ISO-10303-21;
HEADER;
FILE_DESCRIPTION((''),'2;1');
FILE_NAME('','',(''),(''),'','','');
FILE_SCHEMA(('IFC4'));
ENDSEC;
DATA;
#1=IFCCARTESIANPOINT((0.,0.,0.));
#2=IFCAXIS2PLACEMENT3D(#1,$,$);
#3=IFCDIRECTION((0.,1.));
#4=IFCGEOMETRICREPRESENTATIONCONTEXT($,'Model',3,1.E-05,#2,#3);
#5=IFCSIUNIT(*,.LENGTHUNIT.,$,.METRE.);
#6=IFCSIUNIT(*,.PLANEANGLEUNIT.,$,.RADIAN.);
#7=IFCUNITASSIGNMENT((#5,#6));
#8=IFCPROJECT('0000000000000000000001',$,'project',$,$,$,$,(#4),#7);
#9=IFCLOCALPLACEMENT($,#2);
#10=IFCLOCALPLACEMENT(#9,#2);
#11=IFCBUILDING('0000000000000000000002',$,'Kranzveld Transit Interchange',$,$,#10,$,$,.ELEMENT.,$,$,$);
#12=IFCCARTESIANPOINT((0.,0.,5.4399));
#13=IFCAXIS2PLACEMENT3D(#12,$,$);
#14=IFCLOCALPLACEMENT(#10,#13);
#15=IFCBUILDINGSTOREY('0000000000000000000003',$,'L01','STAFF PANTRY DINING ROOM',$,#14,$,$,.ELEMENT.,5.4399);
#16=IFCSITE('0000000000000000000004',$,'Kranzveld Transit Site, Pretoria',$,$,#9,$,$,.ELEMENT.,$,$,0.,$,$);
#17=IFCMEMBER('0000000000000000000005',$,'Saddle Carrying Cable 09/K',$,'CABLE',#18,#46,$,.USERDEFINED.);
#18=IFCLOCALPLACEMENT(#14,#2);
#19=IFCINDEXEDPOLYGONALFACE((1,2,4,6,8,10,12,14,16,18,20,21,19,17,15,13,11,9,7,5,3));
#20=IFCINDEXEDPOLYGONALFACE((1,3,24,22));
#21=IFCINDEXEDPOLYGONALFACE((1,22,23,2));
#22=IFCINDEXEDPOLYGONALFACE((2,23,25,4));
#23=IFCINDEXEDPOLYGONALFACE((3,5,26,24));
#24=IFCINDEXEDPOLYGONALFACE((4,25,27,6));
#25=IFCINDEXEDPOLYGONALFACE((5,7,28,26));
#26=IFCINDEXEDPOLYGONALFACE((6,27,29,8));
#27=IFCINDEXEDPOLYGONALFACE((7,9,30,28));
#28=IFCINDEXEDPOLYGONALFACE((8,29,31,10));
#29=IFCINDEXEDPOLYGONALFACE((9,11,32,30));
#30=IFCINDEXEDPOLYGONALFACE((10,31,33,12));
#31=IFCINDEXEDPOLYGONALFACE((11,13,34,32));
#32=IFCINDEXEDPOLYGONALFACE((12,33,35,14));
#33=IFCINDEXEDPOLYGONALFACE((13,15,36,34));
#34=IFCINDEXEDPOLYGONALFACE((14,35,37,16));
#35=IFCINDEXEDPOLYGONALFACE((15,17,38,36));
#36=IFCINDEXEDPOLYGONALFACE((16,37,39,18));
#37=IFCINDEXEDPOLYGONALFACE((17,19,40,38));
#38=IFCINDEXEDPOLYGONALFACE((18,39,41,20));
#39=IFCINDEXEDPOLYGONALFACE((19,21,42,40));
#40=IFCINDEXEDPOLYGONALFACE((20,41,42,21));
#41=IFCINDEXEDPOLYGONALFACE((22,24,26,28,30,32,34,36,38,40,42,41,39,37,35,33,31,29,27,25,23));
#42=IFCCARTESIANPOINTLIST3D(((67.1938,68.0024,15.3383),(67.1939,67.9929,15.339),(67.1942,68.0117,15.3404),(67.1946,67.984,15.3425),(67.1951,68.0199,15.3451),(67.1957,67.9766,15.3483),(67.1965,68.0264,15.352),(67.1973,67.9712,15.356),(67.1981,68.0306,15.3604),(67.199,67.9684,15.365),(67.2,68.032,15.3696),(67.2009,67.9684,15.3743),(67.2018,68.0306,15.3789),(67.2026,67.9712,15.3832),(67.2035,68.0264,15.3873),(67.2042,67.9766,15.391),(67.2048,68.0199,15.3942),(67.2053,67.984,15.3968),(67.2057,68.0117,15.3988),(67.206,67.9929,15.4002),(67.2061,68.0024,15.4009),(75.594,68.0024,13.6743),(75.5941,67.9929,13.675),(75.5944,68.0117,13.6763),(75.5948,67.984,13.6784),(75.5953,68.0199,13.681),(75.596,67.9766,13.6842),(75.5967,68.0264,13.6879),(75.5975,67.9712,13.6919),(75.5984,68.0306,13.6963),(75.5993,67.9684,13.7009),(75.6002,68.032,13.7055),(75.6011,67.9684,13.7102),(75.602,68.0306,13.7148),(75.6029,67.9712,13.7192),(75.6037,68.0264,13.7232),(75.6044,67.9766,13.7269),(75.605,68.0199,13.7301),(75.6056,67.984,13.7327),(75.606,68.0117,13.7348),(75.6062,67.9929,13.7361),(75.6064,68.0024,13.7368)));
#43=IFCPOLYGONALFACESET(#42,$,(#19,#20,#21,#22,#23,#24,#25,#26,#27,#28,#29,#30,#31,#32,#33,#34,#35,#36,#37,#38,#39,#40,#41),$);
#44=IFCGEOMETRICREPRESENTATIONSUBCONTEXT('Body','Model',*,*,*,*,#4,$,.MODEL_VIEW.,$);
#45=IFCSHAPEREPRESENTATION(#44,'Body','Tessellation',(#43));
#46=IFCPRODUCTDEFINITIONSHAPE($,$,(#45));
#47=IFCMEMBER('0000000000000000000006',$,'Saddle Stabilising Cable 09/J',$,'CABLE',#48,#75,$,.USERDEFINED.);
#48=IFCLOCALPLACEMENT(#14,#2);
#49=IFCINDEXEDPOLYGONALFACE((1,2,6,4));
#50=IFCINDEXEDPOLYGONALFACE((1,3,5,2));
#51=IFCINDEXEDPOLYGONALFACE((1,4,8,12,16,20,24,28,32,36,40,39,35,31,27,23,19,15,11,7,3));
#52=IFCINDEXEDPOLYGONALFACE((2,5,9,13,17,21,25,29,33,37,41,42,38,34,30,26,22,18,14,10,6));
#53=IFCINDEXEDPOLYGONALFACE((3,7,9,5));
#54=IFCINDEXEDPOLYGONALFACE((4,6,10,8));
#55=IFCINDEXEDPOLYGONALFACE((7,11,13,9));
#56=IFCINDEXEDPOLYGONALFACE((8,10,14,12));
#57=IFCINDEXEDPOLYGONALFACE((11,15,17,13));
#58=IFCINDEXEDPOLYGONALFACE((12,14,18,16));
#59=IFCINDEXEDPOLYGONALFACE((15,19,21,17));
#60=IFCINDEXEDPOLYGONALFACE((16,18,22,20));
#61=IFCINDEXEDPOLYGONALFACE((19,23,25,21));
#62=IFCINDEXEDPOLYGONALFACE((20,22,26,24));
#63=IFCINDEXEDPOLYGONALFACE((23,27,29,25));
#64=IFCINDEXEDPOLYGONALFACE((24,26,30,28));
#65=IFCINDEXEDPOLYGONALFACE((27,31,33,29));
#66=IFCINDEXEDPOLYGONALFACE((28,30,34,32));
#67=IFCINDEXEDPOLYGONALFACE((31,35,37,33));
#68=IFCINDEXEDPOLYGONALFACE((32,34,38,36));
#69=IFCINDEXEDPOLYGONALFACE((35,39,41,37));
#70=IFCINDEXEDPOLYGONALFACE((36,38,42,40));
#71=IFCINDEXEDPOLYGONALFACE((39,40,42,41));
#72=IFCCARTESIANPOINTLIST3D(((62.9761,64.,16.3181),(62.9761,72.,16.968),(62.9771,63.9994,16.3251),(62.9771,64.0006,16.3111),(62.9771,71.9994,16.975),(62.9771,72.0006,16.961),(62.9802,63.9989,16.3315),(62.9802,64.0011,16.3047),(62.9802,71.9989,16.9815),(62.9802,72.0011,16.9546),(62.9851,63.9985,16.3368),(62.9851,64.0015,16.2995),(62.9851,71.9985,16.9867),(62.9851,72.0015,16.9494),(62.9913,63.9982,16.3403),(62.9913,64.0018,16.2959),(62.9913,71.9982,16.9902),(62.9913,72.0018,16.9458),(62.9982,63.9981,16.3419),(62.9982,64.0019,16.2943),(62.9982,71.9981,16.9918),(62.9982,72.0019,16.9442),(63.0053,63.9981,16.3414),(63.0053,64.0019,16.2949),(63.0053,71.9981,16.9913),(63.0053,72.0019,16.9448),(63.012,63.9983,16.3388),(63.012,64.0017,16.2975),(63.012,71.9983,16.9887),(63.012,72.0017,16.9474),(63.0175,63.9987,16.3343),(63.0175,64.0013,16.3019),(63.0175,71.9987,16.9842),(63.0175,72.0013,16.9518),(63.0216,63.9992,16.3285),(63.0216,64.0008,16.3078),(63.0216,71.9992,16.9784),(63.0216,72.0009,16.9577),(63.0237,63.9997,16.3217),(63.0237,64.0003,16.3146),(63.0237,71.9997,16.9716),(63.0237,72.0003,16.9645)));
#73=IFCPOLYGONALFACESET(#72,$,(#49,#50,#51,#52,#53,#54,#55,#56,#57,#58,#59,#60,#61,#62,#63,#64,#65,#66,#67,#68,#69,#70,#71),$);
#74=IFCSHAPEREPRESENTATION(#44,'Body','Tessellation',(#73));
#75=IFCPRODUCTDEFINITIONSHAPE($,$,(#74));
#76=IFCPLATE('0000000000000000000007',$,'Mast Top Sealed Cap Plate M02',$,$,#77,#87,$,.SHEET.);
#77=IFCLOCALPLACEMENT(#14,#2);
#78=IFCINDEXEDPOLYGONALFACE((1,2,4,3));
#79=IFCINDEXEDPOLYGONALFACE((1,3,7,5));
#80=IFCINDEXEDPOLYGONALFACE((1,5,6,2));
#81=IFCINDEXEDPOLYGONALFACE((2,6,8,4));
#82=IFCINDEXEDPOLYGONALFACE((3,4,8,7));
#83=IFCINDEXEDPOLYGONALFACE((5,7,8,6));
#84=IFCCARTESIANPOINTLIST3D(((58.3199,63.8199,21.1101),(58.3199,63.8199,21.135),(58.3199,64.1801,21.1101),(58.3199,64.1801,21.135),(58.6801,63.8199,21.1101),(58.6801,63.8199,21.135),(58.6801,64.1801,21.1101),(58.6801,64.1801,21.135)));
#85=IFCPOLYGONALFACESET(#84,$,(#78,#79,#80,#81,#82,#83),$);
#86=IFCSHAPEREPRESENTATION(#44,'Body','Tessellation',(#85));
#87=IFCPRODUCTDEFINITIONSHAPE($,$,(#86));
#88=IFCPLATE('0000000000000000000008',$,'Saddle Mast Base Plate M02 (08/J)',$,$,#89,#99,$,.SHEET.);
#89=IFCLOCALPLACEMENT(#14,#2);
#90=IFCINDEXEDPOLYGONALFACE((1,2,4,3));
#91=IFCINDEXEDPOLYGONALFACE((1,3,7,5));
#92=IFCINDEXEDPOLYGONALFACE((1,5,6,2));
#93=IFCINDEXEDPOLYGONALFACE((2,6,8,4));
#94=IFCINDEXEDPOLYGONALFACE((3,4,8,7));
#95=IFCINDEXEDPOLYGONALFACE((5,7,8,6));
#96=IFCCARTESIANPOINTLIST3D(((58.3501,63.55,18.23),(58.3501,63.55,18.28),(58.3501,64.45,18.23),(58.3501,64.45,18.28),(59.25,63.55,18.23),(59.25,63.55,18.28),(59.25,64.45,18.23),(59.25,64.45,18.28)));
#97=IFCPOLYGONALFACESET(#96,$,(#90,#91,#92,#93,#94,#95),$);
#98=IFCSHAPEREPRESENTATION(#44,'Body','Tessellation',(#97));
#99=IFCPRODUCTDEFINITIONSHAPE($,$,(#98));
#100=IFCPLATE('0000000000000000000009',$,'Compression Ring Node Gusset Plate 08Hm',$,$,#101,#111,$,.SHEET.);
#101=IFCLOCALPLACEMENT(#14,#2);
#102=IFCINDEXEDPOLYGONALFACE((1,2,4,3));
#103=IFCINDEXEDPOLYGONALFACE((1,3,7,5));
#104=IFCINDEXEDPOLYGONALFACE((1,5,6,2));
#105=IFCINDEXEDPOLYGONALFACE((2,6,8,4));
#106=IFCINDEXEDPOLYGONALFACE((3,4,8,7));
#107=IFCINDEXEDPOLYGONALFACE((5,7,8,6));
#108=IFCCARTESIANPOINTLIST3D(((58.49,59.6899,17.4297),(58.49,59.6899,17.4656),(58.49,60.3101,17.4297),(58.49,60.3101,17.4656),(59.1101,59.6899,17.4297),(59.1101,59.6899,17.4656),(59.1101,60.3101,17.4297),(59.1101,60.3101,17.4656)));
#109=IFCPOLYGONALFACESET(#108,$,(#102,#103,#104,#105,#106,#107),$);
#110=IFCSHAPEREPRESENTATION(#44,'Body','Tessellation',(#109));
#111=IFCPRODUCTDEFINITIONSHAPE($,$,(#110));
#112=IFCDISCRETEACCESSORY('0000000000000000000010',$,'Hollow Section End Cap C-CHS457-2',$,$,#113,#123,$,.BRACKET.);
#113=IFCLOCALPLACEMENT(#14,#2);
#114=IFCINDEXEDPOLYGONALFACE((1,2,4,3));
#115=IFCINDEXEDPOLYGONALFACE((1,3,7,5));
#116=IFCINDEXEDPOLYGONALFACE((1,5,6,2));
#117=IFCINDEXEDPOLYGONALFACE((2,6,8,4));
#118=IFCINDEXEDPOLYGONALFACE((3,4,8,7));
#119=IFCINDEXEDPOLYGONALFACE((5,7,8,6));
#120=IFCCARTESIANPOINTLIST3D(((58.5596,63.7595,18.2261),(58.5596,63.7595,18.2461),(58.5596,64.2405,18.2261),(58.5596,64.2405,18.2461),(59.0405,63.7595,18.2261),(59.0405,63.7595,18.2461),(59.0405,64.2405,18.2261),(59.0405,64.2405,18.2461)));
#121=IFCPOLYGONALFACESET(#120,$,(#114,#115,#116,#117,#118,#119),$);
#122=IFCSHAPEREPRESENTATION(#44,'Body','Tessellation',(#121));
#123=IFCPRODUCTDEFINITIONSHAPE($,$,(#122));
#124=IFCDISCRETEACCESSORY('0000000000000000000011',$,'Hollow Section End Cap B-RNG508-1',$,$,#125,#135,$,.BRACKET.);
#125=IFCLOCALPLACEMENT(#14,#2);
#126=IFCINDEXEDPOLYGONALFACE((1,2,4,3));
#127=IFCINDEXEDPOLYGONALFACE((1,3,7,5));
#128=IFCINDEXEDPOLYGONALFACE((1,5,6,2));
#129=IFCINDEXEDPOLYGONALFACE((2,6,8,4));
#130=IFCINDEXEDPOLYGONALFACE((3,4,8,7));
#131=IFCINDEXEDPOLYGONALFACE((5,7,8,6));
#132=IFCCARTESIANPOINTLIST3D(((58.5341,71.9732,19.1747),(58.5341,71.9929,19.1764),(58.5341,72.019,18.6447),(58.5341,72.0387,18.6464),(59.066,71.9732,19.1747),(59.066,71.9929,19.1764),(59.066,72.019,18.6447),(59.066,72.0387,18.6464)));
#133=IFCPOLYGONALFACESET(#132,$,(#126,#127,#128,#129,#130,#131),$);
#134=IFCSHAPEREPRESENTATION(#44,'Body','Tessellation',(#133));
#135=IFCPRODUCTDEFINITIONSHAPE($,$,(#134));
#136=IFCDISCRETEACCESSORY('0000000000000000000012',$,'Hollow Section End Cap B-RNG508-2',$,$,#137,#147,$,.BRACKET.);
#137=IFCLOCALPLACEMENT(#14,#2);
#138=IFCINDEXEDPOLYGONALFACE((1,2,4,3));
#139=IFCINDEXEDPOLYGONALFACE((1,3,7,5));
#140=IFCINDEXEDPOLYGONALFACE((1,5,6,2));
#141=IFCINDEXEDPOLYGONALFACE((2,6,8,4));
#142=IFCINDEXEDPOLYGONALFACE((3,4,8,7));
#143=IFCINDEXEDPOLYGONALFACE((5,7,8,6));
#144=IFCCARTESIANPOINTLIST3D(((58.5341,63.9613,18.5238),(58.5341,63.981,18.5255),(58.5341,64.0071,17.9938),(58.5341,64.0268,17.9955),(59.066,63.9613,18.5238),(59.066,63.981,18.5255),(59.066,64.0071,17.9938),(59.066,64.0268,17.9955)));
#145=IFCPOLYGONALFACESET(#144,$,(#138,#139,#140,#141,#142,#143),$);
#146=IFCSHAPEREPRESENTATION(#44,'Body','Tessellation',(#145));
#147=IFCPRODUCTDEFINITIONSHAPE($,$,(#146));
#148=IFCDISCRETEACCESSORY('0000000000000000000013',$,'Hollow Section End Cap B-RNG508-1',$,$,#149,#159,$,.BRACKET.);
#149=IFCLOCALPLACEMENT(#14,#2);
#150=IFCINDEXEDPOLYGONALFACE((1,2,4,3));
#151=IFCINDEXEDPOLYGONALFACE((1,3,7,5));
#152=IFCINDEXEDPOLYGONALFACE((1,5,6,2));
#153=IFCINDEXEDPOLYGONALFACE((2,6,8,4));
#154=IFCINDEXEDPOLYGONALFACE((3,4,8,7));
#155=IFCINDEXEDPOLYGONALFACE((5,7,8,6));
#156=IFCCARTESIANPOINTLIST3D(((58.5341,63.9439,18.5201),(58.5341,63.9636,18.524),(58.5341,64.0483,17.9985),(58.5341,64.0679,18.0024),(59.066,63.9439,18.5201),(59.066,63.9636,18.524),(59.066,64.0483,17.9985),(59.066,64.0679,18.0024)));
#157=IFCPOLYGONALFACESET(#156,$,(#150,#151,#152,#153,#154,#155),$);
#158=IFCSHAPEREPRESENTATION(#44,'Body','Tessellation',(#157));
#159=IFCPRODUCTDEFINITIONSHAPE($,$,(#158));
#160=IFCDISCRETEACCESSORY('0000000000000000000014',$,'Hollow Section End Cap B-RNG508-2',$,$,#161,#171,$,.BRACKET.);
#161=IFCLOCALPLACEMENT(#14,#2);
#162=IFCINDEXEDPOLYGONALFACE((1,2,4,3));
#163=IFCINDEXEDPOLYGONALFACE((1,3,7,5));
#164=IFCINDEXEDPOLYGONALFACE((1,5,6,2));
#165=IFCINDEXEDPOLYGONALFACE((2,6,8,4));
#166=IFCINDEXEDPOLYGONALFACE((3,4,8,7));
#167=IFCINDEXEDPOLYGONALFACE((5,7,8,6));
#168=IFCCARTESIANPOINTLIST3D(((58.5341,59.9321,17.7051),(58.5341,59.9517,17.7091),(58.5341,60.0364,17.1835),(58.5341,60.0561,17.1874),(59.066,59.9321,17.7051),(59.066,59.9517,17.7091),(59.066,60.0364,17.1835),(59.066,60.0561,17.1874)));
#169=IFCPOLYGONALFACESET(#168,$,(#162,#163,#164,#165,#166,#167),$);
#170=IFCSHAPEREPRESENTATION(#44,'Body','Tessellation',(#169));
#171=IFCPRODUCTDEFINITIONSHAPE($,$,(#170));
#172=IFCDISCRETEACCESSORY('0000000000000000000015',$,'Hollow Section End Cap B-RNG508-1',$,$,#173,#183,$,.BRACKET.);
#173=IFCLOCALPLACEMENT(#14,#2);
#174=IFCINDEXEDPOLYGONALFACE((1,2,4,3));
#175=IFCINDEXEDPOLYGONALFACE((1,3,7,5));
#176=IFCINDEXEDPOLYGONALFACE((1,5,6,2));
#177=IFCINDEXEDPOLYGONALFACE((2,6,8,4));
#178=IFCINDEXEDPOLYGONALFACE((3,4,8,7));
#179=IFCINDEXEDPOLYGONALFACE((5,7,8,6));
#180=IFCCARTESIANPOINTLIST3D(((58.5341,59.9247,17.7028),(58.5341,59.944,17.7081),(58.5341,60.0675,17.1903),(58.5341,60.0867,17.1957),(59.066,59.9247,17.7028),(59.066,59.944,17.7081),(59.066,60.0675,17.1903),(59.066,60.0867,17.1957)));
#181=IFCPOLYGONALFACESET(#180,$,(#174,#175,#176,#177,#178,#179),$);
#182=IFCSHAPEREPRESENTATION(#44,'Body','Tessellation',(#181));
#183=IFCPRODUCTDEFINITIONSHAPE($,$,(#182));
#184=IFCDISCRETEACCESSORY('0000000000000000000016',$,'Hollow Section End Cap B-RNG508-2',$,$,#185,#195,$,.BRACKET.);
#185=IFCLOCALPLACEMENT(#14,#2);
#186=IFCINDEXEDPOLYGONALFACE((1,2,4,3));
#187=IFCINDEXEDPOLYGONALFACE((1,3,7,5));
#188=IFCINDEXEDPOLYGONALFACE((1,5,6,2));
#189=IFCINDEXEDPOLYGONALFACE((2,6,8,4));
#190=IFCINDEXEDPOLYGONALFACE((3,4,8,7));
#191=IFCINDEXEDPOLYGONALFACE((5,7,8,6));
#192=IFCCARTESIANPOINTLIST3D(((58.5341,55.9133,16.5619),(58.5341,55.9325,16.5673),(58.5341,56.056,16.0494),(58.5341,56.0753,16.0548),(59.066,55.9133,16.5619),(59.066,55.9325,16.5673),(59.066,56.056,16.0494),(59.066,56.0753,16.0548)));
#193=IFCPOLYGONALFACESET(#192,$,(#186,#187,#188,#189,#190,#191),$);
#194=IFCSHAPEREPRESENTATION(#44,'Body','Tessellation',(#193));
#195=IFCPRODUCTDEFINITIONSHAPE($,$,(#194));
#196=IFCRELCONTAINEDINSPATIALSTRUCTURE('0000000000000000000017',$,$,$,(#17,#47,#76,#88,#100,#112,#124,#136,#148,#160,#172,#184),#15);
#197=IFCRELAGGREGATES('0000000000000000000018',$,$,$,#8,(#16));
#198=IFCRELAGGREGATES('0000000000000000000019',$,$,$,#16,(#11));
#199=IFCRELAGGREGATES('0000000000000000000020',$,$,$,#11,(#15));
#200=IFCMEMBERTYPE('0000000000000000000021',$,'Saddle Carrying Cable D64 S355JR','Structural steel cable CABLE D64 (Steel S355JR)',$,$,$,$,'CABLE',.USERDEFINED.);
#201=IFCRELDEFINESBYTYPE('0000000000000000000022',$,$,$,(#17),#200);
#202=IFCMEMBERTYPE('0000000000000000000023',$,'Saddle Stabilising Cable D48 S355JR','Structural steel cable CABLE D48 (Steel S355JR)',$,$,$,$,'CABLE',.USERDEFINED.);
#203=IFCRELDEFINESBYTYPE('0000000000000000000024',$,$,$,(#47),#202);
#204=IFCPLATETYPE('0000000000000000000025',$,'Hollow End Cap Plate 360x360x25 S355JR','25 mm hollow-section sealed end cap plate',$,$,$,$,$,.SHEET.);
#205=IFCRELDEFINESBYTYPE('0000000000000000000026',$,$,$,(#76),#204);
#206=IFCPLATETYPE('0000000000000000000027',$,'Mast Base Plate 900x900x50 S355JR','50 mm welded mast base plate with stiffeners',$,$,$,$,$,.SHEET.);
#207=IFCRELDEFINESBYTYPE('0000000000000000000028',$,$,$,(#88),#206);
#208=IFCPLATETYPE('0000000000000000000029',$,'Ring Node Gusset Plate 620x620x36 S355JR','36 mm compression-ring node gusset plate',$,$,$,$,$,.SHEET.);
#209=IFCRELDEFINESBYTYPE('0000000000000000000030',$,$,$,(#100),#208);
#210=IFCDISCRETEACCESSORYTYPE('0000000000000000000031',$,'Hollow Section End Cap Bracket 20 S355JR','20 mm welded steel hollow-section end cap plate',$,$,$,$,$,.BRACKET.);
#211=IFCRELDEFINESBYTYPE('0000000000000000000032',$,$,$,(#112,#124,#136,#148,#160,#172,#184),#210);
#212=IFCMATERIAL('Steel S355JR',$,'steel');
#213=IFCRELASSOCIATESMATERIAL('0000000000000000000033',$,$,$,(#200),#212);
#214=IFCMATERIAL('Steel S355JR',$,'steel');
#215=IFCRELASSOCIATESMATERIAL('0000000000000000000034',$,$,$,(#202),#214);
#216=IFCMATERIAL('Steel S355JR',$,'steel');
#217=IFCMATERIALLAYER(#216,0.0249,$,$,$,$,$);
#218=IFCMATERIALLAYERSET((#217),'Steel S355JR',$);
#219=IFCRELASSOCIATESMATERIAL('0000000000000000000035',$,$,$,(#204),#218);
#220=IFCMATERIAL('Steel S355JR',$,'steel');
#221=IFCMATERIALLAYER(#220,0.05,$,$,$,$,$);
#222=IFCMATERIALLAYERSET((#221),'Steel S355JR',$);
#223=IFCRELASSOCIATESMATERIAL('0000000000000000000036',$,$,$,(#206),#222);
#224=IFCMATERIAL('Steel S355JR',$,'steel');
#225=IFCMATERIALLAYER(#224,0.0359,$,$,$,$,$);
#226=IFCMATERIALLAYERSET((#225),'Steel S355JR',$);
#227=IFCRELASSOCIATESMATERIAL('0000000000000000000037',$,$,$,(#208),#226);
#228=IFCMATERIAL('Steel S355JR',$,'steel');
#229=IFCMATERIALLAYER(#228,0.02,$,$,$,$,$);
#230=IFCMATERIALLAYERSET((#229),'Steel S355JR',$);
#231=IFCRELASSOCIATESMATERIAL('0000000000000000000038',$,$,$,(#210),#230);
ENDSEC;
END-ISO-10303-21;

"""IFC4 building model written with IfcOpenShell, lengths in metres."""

from ifc_helpers import new_model, si_unit, direction, frame, origin, origin_2d, place, context, subcontext, project, spatial, rectangle, circle, extrude, material, layer, layer_set, material_profile, profile_set, type_object, element, save


model = new_model("IFC4")

# Units and contexts
model_context = context("Model", 3, precision=1e-05, world=origin(), true_north=direction((0.0, 1.0)))
body_context = subcontext(model_context, "Body", "Model", "MODEL_VIEW")
ifc_project = project(units=[si_unit("LENGTHUNIT", "METRE"), si_unit("PLANEANGLEUNIT", "RADIAN")], contexts=[model_context])

# Site, building, storey
site_placement = place(None, origin())
site = spatial("IfcSite", under=ifc_project, at=site_placement, Name="Kranzveld Transit Site, Pretoria", CompositionType="ELEMENT", RefElevation=0.0)
building_placement = place(site_placement, origin())
building = spatial("IfcBuilding", under=site, at=building_placement, Name="Kranzveld Transit Interchange", CompositionType="ELEMENT")
storey_placement = place(building_placement, frame((0.0, 0.0, 5.4399)))
storey = spatial("IfcBuildingStorey", under=building, at=storey_placement, Name="L01", Description="STAFF PANTRY DINING ROOM", CompositionType="ELEMENT", Elevation=5.4399)

# Members
ifc_material_1 = material(Name="Steel S355JR", Category="steel")
ifc_material_profile_1 = material_profile(ifc_material_1, circle(Radius=0.032, at=origin_2d()), Name="CABLE D64")
ifc_profile_set_1 = profile_set([ifc_material_profile_1], Name="Steel S355JR")
member_type_1 = type_object("IfcMemberType", Name="Saddle Carrying Cable D64 S355JR", Description="Structural steel cable CABLE D64 (Steel S355JR)", ElementType="CABLE", PredefinedType="USERDEFINED", material=ifc_profile_set_1)
member_1_placement = place(storey_placement, frame((67.2, 68.0, 15.3696), z_axis=(0.980938, 0.0, -0.194323), x_axis=(0.0, 1.0, 0.0)))
element("IfcMember", 1, at=member_1_placement, inside=storey, type_object=member_type_1, Name="Saddle Carrying Cable 09/K", ObjectType="CABLE", PredefinedType="USERDEFINED", context=body_context, shape_type="SweptSolid", body=[
    extrude(circle(Radius=0.032, at=origin_2d()), origin(), (0.0, 0.0, 1.0), 8.5635),
])
ifc_material_2 = material(Name="Steel S355JR", Category="steel")
ifc_material_profile_2 = material_profile(ifc_material_2, circle(Radius=0.0239, at=origin_2d()), Name="CABLE D48")
ifc_profile_set_2 = profile_set([ifc_material_profile_2], Name="Steel S355JR")
member_type_2 = type_object("IfcMemberType", Name="Saddle Stabilising Cable D48 S355JR", Description="Structural steel cable CABLE D48 (Steel S355JR)", ElementType="CABLE", PredefinedType="USERDEFINED", material=ifc_profile_set_2)
member_2_placement = place(storey_placement, frame((63.0, 64.0, 16.3181), z_axis=(0.0, 0.996716, 0.080971), x_axis=(-1.0, 0.0, 0.0)))
element("IfcMember", 2, at=member_2_placement, inside=storey, type_object=member_type_2, Name="Saddle Stabilising Cable 09/J", ObjectType="CABLE", PredefinedType="USERDEFINED", context=body_context, shape_type="SweptSolid", body=[
    extrude(circle(Radius=0.0239, at=origin_2d()), origin(), (0.0, 0.0, 1.0), 8.0264),
])

# Plates
ifc_material_3 = material(Name="Steel S355JR", Category="steel")
ifc_layer_1 = layer(ifc_material_3, 0.0249)
ifc_layer_set_1 = layer_set([ifc_layer_1], Name="Steel S355JR")
plate_type_1 = type_object("IfcPlateType", Name="Hollow End Cap Plate 360x360x25 S355JR", Description="25 mm hollow-section sealed end cap plate", PredefinedType="SHEET", material=ifc_layer_set_1)
plate_1_placement = place(storey_placement, frame((58.5, 64.0, 21.1101), z_axis=(0.0, 0.0, 1.0), x_axis=(1.0, 0.0, 0.0)))
element("IfcPlate", 3, at=plate_1_placement, inside=storey, type_object=plate_type_1, Name="Mast Top Sealed Cap Plate M02", PredefinedType="SHEET", context=body_context, shape_type="SweptSolid", body=[
    extrude(rectangle(XDim=0.3601, YDim=0.3601, at=origin_2d()), origin(), (0.0, 0.0, 1.0), 0.0249),
])
ifc_material_4 = material(Name="Steel S355JR", Category="steel")
ifc_layer_2 = layer(ifc_material_4, 0.05)
ifc_layer_set_2 = layer_set([ifc_layer_2], Name="Steel S355JR")
plate_type_2 = type_object("IfcPlateType", Name="Mast Base Plate 900x900x50 S355JR", Description="50 mm welded mast base plate with stiffeners", PredefinedType="SHEET", material=ifc_layer_set_2)
plate_2_placement = place(storey_placement, frame((58.8, 64.0, 18.23), z_axis=(0.0, 0.0, 1.0), x_axis=(1.0, 0.0, 0.0)))
element("IfcPlate", 4, at=plate_2_placement, inside=storey, type_object=plate_type_2, Name="Saddle Mast Base Plate M02 (08/J)", PredefinedType="SHEET", context=body_context, shape_type="SweptSolid", body=[
    extrude(rectangle(XDim=0.8999, YDim=0.8999, at=origin_2d()), origin(), (0.0, 0.0, 1.0), 0.05),
])
ifc_material_5 = material(Name="Steel S355JR", Category="steel")
ifc_layer_3 = layer(ifc_material_5, 0.0359)
ifc_layer_set_3 = layer_set([ifc_layer_3], Name="Steel S355JR")
plate_type_3 = type_object("IfcPlateType", Name="Ring Node Gusset Plate 620x620x36 S355JR", Description="36 mm compression-ring node gusset plate", PredefinedType="SHEET", material=ifc_layer_set_3)
plate_3_placement = place(storey_placement, frame((58.8, 60.0, 17.4297), z_axis=(0.0, 0.0, 1.0), x_axis=(1.0, 0.0, 0.0)))
element("IfcPlate", 5, at=plate_3_placement, inside=storey, type_object=plate_type_3, Name="Compression Ring Node Gusset Plate 08Hm", PredefinedType="SHEET", context=body_context, shape_type="SweptSolid", body=[
    extrude(rectangle(XDim=0.6201, YDim=0.6201, at=origin_2d()), origin(), (0.0, 0.0, 1.0), 0.0359),
])

# Discrete accessories
ifc_material_6 = material(Name="Steel S355JR", Category="steel")
ifc_layer_4 = layer(ifc_material_6, 0.02)
ifc_layer_set_4 = layer_set([ifc_layer_4], Name="Steel S355JR")
discrete_accessory_type = type_object("IfcDiscreteAccessoryType", Name="Hollow Section End Cap Bracket 20 S355JR", Description="20 mm welded steel hollow-section end cap plate", PredefinedType="BRACKET", material=ifc_layer_set_4)
discrete_accessory_1_placement = place(storey_placement, frame((58.8, 64.0, 18.2261), z_axis=(0.0, 0.0, 1.0), x_axis=(1.0, 0.0, 0.0)))
element("IfcDiscreteAccessory", 6, at=discrete_accessory_1_placement, inside=storey, type_object=discrete_accessory_type, Name="Hollow Section End Cap C-CHS457-2", PredefinedType="BRACKET", context=body_context, shape_type="SweptSolid", body=[
    extrude(rectangle(XDim=0.481, YDim=0.481, at=origin_2d()), origin(), (0.0, 0.0, 1.0), 0.02),
])
for number, where, z_axis, x_axis, name in (
    (7, (58.8, 71.9961, 18.9097), (0.0, 0.996287, 0.086099), (-1.0, 0.0, 0.0), "Hollow Section End Cap B-RNG508-1"),
    (8, (58.8, 64.0039, 18.2605), (0.0, -0.996287, -0.086099), (1.0, 0.0, 0.0), "Hollow Section End Cap B-RNG508-2"),
):
    element("IfcDiscreteAccessory", number, at=place(storey_placement, frame(where, z_axis=z_axis, x_axis=x_axis)), inside=storey, type_object=discrete_accessory_type, Name=name, PredefinedType="BRACKET", context=body_context, shape_type="SweptSolid", body=[
        extrude(rectangle(XDim=0.532, YDim=0.532, at=origin_2d()), origin(), (0.0, 0.0, 1.0), 0.0198),
    ])
for number, where, z_axis, x_axis, name in (
    (9, (58.8, 63.9961, 18.2593), (0.0, 0.980581, 0.196116), (-1.0, 0.0, 0.0), "Hollow Section End Cap B-RNG508-1"),
    (10, (58.8, 60.0039, 17.4482), (0.0, -0.980581, -0.196116), (1.0, 0.0, 0.0), "Hollow Section End Cap B-RNG508-2"),
    (11, (58.8, 59.9961, 17.4465), (0.0, 0.963343, 0.268273), (-1.0, 0.0, 0.0), "Hollow Section End Cap B-RNG508-1"),
    (12, (58.8, 56.0039, 16.311), (0.0, -0.963343, -0.268273), (1.0, 0.0, 0.0), "Hollow Section End Cap B-RNG508-2"),
):
    element("IfcDiscreteAccessory", number, at=place(storey_placement, frame(where, z_axis=z_axis, x_axis=x_axis)), inside=storey, type_object=discrete_accessory_type, Name=name, PredefinedType="BRACKET", context=body_context, shape_type="SweptSolid", body=[
        extrude(rectangle(XDim=0.532, YDim=0.532, at=origin_2d()), origin(), (0.0, 0.0, 1.0), 0.02),
    ])

save(model, "model.ifc")
